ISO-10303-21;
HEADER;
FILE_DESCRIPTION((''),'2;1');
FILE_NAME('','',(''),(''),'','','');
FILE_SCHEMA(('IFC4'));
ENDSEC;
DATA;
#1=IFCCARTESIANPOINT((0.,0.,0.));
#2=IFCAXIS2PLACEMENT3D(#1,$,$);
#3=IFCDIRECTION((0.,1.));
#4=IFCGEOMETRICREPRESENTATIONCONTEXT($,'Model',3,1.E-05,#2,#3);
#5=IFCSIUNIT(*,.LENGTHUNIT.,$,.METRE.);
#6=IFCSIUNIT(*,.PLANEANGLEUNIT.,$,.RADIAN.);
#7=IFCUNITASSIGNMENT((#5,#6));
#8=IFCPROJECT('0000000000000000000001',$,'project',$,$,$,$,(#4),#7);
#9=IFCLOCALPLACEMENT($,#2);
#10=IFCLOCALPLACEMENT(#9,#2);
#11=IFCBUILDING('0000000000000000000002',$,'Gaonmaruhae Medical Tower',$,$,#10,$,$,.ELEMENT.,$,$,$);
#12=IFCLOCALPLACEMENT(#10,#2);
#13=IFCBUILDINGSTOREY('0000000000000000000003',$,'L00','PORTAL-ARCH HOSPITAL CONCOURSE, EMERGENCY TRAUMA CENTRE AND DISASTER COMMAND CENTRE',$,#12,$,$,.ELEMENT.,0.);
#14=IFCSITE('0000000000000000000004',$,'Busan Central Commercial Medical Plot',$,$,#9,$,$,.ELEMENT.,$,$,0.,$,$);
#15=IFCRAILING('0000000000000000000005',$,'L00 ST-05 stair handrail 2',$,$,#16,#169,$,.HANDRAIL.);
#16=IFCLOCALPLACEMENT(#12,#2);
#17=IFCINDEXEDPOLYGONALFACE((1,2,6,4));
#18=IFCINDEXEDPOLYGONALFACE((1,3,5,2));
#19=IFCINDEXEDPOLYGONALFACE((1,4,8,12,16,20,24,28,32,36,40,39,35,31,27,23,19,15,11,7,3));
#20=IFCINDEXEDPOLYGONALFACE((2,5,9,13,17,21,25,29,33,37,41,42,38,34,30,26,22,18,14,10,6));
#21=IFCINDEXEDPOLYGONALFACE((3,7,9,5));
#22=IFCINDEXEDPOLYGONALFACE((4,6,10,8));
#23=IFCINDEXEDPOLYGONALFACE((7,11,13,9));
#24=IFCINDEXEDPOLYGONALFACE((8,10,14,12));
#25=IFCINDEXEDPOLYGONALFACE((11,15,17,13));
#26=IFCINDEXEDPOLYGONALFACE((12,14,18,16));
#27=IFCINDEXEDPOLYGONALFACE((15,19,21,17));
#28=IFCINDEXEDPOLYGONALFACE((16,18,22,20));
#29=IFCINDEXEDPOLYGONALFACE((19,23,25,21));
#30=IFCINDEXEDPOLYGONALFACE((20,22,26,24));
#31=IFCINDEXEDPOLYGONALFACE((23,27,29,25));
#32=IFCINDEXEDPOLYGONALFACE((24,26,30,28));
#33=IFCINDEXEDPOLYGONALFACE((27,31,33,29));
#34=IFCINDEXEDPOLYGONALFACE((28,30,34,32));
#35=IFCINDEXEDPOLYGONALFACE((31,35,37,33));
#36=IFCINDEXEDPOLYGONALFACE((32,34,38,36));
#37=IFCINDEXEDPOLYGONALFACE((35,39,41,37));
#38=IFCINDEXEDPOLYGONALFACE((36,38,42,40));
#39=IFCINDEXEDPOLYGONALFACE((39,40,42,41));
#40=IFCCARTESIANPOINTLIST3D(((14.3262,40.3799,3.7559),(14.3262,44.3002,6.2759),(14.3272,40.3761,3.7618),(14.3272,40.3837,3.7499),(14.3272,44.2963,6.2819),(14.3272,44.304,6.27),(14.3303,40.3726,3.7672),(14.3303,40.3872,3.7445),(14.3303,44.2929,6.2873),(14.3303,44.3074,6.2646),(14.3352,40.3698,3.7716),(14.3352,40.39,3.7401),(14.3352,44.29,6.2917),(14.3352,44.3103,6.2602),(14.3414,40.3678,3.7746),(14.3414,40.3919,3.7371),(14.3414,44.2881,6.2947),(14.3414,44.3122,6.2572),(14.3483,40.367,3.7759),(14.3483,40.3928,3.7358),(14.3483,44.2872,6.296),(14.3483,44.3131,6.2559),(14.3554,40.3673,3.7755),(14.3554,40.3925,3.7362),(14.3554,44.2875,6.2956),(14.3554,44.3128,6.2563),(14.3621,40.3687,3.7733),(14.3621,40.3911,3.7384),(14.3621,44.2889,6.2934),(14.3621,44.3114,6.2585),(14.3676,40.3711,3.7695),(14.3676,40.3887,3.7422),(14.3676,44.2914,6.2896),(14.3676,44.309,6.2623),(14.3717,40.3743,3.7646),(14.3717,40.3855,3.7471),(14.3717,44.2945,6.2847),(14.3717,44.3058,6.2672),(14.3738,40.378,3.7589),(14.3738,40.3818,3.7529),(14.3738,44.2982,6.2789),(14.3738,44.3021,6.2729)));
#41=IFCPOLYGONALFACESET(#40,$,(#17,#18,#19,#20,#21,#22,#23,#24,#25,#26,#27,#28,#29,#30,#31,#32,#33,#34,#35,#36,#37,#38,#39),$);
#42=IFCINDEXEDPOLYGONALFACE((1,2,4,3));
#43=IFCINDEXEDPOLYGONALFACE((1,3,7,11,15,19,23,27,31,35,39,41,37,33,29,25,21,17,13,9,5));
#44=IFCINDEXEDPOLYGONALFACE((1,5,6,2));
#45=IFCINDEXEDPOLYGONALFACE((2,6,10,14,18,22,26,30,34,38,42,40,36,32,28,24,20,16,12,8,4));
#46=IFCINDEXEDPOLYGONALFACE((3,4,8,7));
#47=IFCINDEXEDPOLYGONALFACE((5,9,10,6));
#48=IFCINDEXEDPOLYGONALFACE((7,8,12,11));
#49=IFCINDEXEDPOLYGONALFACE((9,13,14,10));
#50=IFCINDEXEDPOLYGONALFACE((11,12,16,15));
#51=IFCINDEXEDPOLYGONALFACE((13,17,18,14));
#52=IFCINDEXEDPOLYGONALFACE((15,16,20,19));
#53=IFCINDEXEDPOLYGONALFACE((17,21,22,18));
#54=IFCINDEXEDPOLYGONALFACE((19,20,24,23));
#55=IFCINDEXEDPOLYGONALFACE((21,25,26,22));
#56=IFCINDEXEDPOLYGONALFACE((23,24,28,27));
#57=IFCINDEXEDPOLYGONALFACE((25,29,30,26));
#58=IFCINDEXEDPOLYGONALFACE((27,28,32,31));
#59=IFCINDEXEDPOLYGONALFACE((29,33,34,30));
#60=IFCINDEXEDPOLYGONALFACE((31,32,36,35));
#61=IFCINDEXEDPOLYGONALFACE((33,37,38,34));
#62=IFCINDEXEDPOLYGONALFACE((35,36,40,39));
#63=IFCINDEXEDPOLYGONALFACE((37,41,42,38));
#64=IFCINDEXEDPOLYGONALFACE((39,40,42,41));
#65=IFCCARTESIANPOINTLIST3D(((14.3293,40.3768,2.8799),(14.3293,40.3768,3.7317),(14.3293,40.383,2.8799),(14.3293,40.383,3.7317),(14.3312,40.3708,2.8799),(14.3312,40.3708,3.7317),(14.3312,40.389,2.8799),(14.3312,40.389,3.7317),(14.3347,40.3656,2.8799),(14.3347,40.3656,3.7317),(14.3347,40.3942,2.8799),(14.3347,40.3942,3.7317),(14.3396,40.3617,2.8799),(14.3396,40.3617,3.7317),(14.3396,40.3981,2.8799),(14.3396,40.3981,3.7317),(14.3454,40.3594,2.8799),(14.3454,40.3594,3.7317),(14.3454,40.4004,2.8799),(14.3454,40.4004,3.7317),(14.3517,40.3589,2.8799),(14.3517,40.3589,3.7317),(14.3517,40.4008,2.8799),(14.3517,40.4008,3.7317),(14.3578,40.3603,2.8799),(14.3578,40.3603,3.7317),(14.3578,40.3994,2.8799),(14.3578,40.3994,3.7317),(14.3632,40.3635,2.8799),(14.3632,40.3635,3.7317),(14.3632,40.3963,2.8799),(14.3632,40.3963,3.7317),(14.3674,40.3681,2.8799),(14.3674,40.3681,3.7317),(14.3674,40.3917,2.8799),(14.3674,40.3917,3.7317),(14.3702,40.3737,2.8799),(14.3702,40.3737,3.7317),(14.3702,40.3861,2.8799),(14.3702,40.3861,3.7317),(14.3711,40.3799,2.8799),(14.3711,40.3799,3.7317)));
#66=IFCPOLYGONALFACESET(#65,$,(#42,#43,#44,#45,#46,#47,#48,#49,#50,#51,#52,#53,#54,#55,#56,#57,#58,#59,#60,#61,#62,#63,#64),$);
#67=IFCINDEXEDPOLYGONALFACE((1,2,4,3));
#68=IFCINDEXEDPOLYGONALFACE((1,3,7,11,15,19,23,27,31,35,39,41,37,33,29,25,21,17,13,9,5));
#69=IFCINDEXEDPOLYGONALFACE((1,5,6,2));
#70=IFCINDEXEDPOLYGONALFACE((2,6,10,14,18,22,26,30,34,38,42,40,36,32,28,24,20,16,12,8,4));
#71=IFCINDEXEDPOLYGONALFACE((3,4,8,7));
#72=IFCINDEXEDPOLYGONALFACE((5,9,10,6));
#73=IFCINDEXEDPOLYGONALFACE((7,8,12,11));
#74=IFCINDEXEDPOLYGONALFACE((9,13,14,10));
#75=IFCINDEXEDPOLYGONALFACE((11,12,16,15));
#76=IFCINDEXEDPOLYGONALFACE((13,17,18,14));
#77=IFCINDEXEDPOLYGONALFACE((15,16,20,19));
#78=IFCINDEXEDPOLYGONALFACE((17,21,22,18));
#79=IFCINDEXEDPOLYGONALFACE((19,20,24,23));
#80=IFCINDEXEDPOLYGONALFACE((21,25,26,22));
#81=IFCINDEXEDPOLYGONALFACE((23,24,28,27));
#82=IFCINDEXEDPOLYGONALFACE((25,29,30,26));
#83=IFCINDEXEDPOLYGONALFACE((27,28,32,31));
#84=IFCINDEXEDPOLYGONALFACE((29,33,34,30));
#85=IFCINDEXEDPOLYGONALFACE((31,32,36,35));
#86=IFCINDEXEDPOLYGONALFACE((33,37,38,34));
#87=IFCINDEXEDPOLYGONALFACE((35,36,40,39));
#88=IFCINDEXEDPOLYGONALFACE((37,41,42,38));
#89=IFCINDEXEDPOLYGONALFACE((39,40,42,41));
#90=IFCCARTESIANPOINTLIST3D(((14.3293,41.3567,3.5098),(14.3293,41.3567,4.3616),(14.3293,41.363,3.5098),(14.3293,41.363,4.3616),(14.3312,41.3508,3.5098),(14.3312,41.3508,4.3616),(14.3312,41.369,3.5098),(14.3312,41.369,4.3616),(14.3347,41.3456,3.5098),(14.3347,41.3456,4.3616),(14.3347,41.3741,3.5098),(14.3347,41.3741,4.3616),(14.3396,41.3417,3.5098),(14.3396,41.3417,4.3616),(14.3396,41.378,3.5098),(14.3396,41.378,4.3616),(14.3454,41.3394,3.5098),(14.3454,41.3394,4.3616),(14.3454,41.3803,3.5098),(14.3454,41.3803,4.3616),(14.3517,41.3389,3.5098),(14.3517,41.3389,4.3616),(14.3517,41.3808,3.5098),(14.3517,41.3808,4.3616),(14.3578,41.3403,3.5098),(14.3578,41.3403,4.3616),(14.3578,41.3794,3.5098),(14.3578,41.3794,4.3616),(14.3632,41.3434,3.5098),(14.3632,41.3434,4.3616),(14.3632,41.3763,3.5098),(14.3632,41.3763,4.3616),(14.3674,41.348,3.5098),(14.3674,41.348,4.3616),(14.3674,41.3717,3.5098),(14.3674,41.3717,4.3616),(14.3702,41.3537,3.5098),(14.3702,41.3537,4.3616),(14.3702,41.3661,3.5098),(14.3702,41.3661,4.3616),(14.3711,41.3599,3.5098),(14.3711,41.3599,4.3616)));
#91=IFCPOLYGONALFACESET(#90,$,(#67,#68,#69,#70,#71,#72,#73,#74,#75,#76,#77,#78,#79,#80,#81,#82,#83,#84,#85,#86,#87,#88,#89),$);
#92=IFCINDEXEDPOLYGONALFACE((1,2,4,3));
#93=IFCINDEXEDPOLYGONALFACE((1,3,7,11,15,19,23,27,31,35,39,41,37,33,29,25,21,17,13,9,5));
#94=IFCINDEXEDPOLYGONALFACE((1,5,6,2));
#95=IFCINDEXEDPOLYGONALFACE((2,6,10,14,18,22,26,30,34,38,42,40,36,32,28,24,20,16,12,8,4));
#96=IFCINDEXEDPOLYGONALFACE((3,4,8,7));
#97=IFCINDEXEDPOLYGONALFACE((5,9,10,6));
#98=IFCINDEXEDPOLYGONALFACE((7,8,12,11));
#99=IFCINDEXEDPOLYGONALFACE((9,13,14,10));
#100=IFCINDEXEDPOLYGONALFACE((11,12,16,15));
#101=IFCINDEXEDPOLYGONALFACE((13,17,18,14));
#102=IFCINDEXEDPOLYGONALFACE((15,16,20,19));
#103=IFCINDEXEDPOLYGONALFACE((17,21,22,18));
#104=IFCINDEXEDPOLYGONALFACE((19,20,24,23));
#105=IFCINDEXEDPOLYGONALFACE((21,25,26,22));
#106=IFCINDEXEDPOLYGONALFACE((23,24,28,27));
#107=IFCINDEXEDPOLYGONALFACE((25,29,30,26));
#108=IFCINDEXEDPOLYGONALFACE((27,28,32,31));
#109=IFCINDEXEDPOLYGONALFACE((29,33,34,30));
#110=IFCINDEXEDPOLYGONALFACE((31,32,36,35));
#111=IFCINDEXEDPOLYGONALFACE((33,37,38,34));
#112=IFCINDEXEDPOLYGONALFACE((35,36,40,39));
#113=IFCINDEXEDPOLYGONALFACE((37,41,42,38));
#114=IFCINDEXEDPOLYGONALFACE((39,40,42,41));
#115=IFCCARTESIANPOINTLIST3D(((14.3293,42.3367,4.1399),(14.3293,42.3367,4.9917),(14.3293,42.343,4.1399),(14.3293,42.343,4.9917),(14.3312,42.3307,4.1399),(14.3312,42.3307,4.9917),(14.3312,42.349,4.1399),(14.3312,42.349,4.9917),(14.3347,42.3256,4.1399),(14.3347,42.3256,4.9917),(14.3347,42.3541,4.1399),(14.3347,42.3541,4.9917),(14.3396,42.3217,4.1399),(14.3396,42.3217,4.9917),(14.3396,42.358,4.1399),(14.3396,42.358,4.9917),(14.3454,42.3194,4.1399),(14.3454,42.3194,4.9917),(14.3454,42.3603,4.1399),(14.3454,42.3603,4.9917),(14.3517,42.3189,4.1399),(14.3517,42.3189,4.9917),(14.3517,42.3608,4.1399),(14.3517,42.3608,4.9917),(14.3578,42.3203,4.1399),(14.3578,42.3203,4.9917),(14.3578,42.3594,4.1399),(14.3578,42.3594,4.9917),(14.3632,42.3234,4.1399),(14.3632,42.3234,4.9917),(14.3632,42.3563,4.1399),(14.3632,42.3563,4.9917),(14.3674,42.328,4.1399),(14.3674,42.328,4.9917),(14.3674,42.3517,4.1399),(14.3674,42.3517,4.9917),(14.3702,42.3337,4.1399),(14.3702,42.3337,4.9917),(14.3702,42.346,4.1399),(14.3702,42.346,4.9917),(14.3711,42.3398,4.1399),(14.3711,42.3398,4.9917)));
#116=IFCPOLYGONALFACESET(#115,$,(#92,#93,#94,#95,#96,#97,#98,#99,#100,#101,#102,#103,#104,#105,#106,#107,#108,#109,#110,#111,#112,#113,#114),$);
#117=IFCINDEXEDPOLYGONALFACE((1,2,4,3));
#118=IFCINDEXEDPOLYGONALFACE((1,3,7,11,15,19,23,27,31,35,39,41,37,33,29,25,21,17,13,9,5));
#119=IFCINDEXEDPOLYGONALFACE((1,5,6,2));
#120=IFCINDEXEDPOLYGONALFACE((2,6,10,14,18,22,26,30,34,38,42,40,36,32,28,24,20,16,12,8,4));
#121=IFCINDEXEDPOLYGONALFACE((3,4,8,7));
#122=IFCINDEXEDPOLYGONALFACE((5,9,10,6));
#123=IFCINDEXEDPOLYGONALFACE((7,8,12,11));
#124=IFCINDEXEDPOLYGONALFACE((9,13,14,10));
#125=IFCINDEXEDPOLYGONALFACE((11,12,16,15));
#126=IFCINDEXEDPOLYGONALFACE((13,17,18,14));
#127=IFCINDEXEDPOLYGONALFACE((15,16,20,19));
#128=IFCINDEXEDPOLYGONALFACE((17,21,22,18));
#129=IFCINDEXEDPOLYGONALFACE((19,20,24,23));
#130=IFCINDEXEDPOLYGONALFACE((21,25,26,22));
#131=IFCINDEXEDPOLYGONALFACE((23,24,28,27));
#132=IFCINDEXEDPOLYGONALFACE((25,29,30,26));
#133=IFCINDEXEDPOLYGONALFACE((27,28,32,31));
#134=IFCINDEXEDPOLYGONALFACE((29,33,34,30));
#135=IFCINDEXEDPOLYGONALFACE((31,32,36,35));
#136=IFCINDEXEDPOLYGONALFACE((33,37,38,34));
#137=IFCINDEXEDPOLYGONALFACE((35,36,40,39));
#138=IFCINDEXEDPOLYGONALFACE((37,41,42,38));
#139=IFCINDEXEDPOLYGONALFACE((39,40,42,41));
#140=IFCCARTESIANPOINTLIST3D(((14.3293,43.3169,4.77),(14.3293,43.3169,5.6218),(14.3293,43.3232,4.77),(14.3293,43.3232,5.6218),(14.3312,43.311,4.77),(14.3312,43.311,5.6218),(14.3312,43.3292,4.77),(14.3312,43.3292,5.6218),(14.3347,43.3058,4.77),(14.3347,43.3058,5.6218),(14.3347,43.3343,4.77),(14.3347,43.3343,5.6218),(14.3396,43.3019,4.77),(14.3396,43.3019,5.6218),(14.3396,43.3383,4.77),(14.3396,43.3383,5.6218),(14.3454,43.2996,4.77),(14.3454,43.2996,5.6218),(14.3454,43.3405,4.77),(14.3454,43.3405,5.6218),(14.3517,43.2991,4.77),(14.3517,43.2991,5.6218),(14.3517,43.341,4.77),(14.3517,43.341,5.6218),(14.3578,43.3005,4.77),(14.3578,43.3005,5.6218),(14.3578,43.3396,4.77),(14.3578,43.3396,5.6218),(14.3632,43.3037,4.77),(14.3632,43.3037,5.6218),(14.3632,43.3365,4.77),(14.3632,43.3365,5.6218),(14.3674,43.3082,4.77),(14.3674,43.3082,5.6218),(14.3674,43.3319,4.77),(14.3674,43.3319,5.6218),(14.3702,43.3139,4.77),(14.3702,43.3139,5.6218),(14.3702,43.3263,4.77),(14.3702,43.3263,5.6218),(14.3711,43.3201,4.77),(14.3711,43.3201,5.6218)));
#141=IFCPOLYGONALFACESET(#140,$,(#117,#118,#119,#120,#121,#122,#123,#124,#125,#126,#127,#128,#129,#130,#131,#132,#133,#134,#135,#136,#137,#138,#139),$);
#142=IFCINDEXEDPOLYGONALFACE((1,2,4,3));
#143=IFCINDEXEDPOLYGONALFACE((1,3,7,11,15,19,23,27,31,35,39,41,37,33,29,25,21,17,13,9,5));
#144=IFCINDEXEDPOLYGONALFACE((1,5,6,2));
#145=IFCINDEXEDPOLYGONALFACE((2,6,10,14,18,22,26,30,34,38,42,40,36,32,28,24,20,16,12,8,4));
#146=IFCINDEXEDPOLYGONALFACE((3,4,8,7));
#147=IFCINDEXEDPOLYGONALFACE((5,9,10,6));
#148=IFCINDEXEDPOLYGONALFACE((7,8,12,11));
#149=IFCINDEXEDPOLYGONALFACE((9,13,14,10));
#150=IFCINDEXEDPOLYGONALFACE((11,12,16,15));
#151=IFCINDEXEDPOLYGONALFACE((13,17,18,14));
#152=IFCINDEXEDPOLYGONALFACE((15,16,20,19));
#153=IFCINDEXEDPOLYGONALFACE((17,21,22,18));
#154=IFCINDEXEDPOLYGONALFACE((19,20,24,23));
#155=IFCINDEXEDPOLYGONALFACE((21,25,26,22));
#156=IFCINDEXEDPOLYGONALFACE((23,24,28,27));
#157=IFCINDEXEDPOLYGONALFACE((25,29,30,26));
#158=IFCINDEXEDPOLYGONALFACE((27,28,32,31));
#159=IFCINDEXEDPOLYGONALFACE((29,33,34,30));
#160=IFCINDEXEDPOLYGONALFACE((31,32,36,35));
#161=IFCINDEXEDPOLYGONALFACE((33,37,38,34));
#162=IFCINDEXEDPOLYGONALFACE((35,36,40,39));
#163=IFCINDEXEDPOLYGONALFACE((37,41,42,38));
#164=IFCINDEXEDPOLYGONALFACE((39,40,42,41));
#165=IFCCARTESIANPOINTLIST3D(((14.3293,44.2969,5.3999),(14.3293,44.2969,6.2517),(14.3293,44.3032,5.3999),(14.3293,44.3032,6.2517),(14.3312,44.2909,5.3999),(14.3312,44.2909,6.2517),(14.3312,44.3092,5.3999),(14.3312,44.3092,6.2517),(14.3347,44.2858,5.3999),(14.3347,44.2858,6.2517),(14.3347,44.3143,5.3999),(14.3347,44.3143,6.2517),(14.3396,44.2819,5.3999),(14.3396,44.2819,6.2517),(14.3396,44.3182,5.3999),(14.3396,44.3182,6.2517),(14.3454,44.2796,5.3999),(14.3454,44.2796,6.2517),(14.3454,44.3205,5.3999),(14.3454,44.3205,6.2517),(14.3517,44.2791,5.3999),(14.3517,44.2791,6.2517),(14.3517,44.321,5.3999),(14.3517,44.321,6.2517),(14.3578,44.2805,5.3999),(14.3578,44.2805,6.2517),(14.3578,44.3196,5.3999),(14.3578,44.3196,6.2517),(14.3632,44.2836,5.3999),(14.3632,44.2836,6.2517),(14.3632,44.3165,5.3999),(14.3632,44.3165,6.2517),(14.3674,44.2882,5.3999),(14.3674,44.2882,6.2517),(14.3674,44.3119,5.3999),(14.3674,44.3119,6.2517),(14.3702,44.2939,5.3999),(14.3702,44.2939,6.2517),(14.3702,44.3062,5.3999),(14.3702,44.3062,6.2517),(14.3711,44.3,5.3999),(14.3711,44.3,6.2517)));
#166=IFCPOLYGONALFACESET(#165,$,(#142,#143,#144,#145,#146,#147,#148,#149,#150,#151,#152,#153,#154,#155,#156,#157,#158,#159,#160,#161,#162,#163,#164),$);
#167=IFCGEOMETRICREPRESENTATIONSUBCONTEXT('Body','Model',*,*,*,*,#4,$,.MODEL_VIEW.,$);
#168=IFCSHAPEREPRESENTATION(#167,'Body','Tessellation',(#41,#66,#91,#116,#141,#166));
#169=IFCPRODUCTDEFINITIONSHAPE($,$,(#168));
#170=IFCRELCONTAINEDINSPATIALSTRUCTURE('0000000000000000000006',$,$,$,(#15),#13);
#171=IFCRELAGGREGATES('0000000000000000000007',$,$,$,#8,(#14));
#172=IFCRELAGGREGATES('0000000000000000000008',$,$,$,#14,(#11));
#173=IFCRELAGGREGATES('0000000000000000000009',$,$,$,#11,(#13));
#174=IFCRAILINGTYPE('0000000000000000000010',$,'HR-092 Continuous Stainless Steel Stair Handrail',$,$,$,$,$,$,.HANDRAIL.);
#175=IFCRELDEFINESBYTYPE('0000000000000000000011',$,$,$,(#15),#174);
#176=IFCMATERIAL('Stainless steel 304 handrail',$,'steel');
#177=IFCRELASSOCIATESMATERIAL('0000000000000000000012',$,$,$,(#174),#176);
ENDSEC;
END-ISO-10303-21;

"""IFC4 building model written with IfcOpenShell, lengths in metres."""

from ifc_helpers import new_model, si_unit, direction, frame, origin, origin_2d, place, context, subcontext, project, spatial, circle, extrude, material, type_object, element, save


model = new_model("IFC4")

# Units and contexts
model_context = context("Model", 3, precision=1e-05, world=origin(), true_north=direction((0.0, 1.0)))
body_context = subcontext(model_context, "Body", "Model", "MODEL_VIEW")
ifc_project = project(units=[si_unit("LENGTHUNIT", "METRE"), si_unit("PLANEANGLEUNIT", "RADIAN")], contexts=[model_context])

# Site, building, storey
site_placement = place(None, origin())
site = spatial("IfcSite", under=ifc_project, at=site_placement, Name="Busan Central Commercial Medical Plot", CompositionType="ELEMENT", RefElevation=0.0)
building_placement = place(site_placement, origin())
building = spatial("IfcBuilding", under=site, at=building_placement, Name="Gaonmaruhae Medical Tower", CompositionType="ELEMENT")
storey_placement = place(building_placement, origin())
storey = spatial("IfcBuildingStorey", under=building, at=storey_placement, Name="L00", Description="PORTAL-ARCH HOSPITAL CONCOURSE, EMERGENCY TRAUMA CENTRE AND DISASTER COMMAND CENTRE", CompositionType="ELEMENT", Elevation=0.0)

# Railing
ifc_material_1 = material(Name="Stainless steel 304 handrail", Category="steel")
railing_type_1 = type_object("IfcRailingType", Name="HR-092 Continuous Stainless Steel Stair Handrail", PredefinedType="HANDRAIL", material=ifc_material_1)
railing_1_placement = place(storey_placement, frame((14.3501, 40.3799, 2.8799)))
element("IfcRailing", 1, at=railing_1_placement, inside=storey, type_object=railing_type_1, Name="L00 ST-05 stair handrail 2", PredefinedType="HANDRAIL", context=body_context, shape_type="SweptSolid", body=[
    extrude(circle(Radius=0.0239, at=origin_2d()), frame((0.0, 0.0, 0.876), z_axis=(0.0, 0.841187, 0.540744), x_axis=(-1.0, 0.0, 0.0)), (0.0, 0.0, 1.0), 4.6604),
    extrude(circle(Radius=0.021, at=origin_2d()), origin(), (0.0, 0.0, 1.0), 0.8518),
    extrude(circle(Radius=0.021, at=origin_2d()), frame((0.0, 0.98, 0.6299)), (0.0, 0.0, 1.0), 0.8518),
    extrude(circle(Radius=0.021, at=origin_2d()), frame((0.0, 1.96, 1.26)), (0.0, 0.0, 1.0), 0.8518),
    extrude(circle(Radius=0.021, at=origin_2d()), frame((0.0, 2.9402, 1.8901)), (0.0, 0.0, 1.0), 0.8518),
    extrude(circle(Radius=0.021, at=origin_2d()), frame((0.0, 3.9202, 2.52)), (0.0, 0.0, 1.0), 0.8518),
])

save(model, "model.ifc")
